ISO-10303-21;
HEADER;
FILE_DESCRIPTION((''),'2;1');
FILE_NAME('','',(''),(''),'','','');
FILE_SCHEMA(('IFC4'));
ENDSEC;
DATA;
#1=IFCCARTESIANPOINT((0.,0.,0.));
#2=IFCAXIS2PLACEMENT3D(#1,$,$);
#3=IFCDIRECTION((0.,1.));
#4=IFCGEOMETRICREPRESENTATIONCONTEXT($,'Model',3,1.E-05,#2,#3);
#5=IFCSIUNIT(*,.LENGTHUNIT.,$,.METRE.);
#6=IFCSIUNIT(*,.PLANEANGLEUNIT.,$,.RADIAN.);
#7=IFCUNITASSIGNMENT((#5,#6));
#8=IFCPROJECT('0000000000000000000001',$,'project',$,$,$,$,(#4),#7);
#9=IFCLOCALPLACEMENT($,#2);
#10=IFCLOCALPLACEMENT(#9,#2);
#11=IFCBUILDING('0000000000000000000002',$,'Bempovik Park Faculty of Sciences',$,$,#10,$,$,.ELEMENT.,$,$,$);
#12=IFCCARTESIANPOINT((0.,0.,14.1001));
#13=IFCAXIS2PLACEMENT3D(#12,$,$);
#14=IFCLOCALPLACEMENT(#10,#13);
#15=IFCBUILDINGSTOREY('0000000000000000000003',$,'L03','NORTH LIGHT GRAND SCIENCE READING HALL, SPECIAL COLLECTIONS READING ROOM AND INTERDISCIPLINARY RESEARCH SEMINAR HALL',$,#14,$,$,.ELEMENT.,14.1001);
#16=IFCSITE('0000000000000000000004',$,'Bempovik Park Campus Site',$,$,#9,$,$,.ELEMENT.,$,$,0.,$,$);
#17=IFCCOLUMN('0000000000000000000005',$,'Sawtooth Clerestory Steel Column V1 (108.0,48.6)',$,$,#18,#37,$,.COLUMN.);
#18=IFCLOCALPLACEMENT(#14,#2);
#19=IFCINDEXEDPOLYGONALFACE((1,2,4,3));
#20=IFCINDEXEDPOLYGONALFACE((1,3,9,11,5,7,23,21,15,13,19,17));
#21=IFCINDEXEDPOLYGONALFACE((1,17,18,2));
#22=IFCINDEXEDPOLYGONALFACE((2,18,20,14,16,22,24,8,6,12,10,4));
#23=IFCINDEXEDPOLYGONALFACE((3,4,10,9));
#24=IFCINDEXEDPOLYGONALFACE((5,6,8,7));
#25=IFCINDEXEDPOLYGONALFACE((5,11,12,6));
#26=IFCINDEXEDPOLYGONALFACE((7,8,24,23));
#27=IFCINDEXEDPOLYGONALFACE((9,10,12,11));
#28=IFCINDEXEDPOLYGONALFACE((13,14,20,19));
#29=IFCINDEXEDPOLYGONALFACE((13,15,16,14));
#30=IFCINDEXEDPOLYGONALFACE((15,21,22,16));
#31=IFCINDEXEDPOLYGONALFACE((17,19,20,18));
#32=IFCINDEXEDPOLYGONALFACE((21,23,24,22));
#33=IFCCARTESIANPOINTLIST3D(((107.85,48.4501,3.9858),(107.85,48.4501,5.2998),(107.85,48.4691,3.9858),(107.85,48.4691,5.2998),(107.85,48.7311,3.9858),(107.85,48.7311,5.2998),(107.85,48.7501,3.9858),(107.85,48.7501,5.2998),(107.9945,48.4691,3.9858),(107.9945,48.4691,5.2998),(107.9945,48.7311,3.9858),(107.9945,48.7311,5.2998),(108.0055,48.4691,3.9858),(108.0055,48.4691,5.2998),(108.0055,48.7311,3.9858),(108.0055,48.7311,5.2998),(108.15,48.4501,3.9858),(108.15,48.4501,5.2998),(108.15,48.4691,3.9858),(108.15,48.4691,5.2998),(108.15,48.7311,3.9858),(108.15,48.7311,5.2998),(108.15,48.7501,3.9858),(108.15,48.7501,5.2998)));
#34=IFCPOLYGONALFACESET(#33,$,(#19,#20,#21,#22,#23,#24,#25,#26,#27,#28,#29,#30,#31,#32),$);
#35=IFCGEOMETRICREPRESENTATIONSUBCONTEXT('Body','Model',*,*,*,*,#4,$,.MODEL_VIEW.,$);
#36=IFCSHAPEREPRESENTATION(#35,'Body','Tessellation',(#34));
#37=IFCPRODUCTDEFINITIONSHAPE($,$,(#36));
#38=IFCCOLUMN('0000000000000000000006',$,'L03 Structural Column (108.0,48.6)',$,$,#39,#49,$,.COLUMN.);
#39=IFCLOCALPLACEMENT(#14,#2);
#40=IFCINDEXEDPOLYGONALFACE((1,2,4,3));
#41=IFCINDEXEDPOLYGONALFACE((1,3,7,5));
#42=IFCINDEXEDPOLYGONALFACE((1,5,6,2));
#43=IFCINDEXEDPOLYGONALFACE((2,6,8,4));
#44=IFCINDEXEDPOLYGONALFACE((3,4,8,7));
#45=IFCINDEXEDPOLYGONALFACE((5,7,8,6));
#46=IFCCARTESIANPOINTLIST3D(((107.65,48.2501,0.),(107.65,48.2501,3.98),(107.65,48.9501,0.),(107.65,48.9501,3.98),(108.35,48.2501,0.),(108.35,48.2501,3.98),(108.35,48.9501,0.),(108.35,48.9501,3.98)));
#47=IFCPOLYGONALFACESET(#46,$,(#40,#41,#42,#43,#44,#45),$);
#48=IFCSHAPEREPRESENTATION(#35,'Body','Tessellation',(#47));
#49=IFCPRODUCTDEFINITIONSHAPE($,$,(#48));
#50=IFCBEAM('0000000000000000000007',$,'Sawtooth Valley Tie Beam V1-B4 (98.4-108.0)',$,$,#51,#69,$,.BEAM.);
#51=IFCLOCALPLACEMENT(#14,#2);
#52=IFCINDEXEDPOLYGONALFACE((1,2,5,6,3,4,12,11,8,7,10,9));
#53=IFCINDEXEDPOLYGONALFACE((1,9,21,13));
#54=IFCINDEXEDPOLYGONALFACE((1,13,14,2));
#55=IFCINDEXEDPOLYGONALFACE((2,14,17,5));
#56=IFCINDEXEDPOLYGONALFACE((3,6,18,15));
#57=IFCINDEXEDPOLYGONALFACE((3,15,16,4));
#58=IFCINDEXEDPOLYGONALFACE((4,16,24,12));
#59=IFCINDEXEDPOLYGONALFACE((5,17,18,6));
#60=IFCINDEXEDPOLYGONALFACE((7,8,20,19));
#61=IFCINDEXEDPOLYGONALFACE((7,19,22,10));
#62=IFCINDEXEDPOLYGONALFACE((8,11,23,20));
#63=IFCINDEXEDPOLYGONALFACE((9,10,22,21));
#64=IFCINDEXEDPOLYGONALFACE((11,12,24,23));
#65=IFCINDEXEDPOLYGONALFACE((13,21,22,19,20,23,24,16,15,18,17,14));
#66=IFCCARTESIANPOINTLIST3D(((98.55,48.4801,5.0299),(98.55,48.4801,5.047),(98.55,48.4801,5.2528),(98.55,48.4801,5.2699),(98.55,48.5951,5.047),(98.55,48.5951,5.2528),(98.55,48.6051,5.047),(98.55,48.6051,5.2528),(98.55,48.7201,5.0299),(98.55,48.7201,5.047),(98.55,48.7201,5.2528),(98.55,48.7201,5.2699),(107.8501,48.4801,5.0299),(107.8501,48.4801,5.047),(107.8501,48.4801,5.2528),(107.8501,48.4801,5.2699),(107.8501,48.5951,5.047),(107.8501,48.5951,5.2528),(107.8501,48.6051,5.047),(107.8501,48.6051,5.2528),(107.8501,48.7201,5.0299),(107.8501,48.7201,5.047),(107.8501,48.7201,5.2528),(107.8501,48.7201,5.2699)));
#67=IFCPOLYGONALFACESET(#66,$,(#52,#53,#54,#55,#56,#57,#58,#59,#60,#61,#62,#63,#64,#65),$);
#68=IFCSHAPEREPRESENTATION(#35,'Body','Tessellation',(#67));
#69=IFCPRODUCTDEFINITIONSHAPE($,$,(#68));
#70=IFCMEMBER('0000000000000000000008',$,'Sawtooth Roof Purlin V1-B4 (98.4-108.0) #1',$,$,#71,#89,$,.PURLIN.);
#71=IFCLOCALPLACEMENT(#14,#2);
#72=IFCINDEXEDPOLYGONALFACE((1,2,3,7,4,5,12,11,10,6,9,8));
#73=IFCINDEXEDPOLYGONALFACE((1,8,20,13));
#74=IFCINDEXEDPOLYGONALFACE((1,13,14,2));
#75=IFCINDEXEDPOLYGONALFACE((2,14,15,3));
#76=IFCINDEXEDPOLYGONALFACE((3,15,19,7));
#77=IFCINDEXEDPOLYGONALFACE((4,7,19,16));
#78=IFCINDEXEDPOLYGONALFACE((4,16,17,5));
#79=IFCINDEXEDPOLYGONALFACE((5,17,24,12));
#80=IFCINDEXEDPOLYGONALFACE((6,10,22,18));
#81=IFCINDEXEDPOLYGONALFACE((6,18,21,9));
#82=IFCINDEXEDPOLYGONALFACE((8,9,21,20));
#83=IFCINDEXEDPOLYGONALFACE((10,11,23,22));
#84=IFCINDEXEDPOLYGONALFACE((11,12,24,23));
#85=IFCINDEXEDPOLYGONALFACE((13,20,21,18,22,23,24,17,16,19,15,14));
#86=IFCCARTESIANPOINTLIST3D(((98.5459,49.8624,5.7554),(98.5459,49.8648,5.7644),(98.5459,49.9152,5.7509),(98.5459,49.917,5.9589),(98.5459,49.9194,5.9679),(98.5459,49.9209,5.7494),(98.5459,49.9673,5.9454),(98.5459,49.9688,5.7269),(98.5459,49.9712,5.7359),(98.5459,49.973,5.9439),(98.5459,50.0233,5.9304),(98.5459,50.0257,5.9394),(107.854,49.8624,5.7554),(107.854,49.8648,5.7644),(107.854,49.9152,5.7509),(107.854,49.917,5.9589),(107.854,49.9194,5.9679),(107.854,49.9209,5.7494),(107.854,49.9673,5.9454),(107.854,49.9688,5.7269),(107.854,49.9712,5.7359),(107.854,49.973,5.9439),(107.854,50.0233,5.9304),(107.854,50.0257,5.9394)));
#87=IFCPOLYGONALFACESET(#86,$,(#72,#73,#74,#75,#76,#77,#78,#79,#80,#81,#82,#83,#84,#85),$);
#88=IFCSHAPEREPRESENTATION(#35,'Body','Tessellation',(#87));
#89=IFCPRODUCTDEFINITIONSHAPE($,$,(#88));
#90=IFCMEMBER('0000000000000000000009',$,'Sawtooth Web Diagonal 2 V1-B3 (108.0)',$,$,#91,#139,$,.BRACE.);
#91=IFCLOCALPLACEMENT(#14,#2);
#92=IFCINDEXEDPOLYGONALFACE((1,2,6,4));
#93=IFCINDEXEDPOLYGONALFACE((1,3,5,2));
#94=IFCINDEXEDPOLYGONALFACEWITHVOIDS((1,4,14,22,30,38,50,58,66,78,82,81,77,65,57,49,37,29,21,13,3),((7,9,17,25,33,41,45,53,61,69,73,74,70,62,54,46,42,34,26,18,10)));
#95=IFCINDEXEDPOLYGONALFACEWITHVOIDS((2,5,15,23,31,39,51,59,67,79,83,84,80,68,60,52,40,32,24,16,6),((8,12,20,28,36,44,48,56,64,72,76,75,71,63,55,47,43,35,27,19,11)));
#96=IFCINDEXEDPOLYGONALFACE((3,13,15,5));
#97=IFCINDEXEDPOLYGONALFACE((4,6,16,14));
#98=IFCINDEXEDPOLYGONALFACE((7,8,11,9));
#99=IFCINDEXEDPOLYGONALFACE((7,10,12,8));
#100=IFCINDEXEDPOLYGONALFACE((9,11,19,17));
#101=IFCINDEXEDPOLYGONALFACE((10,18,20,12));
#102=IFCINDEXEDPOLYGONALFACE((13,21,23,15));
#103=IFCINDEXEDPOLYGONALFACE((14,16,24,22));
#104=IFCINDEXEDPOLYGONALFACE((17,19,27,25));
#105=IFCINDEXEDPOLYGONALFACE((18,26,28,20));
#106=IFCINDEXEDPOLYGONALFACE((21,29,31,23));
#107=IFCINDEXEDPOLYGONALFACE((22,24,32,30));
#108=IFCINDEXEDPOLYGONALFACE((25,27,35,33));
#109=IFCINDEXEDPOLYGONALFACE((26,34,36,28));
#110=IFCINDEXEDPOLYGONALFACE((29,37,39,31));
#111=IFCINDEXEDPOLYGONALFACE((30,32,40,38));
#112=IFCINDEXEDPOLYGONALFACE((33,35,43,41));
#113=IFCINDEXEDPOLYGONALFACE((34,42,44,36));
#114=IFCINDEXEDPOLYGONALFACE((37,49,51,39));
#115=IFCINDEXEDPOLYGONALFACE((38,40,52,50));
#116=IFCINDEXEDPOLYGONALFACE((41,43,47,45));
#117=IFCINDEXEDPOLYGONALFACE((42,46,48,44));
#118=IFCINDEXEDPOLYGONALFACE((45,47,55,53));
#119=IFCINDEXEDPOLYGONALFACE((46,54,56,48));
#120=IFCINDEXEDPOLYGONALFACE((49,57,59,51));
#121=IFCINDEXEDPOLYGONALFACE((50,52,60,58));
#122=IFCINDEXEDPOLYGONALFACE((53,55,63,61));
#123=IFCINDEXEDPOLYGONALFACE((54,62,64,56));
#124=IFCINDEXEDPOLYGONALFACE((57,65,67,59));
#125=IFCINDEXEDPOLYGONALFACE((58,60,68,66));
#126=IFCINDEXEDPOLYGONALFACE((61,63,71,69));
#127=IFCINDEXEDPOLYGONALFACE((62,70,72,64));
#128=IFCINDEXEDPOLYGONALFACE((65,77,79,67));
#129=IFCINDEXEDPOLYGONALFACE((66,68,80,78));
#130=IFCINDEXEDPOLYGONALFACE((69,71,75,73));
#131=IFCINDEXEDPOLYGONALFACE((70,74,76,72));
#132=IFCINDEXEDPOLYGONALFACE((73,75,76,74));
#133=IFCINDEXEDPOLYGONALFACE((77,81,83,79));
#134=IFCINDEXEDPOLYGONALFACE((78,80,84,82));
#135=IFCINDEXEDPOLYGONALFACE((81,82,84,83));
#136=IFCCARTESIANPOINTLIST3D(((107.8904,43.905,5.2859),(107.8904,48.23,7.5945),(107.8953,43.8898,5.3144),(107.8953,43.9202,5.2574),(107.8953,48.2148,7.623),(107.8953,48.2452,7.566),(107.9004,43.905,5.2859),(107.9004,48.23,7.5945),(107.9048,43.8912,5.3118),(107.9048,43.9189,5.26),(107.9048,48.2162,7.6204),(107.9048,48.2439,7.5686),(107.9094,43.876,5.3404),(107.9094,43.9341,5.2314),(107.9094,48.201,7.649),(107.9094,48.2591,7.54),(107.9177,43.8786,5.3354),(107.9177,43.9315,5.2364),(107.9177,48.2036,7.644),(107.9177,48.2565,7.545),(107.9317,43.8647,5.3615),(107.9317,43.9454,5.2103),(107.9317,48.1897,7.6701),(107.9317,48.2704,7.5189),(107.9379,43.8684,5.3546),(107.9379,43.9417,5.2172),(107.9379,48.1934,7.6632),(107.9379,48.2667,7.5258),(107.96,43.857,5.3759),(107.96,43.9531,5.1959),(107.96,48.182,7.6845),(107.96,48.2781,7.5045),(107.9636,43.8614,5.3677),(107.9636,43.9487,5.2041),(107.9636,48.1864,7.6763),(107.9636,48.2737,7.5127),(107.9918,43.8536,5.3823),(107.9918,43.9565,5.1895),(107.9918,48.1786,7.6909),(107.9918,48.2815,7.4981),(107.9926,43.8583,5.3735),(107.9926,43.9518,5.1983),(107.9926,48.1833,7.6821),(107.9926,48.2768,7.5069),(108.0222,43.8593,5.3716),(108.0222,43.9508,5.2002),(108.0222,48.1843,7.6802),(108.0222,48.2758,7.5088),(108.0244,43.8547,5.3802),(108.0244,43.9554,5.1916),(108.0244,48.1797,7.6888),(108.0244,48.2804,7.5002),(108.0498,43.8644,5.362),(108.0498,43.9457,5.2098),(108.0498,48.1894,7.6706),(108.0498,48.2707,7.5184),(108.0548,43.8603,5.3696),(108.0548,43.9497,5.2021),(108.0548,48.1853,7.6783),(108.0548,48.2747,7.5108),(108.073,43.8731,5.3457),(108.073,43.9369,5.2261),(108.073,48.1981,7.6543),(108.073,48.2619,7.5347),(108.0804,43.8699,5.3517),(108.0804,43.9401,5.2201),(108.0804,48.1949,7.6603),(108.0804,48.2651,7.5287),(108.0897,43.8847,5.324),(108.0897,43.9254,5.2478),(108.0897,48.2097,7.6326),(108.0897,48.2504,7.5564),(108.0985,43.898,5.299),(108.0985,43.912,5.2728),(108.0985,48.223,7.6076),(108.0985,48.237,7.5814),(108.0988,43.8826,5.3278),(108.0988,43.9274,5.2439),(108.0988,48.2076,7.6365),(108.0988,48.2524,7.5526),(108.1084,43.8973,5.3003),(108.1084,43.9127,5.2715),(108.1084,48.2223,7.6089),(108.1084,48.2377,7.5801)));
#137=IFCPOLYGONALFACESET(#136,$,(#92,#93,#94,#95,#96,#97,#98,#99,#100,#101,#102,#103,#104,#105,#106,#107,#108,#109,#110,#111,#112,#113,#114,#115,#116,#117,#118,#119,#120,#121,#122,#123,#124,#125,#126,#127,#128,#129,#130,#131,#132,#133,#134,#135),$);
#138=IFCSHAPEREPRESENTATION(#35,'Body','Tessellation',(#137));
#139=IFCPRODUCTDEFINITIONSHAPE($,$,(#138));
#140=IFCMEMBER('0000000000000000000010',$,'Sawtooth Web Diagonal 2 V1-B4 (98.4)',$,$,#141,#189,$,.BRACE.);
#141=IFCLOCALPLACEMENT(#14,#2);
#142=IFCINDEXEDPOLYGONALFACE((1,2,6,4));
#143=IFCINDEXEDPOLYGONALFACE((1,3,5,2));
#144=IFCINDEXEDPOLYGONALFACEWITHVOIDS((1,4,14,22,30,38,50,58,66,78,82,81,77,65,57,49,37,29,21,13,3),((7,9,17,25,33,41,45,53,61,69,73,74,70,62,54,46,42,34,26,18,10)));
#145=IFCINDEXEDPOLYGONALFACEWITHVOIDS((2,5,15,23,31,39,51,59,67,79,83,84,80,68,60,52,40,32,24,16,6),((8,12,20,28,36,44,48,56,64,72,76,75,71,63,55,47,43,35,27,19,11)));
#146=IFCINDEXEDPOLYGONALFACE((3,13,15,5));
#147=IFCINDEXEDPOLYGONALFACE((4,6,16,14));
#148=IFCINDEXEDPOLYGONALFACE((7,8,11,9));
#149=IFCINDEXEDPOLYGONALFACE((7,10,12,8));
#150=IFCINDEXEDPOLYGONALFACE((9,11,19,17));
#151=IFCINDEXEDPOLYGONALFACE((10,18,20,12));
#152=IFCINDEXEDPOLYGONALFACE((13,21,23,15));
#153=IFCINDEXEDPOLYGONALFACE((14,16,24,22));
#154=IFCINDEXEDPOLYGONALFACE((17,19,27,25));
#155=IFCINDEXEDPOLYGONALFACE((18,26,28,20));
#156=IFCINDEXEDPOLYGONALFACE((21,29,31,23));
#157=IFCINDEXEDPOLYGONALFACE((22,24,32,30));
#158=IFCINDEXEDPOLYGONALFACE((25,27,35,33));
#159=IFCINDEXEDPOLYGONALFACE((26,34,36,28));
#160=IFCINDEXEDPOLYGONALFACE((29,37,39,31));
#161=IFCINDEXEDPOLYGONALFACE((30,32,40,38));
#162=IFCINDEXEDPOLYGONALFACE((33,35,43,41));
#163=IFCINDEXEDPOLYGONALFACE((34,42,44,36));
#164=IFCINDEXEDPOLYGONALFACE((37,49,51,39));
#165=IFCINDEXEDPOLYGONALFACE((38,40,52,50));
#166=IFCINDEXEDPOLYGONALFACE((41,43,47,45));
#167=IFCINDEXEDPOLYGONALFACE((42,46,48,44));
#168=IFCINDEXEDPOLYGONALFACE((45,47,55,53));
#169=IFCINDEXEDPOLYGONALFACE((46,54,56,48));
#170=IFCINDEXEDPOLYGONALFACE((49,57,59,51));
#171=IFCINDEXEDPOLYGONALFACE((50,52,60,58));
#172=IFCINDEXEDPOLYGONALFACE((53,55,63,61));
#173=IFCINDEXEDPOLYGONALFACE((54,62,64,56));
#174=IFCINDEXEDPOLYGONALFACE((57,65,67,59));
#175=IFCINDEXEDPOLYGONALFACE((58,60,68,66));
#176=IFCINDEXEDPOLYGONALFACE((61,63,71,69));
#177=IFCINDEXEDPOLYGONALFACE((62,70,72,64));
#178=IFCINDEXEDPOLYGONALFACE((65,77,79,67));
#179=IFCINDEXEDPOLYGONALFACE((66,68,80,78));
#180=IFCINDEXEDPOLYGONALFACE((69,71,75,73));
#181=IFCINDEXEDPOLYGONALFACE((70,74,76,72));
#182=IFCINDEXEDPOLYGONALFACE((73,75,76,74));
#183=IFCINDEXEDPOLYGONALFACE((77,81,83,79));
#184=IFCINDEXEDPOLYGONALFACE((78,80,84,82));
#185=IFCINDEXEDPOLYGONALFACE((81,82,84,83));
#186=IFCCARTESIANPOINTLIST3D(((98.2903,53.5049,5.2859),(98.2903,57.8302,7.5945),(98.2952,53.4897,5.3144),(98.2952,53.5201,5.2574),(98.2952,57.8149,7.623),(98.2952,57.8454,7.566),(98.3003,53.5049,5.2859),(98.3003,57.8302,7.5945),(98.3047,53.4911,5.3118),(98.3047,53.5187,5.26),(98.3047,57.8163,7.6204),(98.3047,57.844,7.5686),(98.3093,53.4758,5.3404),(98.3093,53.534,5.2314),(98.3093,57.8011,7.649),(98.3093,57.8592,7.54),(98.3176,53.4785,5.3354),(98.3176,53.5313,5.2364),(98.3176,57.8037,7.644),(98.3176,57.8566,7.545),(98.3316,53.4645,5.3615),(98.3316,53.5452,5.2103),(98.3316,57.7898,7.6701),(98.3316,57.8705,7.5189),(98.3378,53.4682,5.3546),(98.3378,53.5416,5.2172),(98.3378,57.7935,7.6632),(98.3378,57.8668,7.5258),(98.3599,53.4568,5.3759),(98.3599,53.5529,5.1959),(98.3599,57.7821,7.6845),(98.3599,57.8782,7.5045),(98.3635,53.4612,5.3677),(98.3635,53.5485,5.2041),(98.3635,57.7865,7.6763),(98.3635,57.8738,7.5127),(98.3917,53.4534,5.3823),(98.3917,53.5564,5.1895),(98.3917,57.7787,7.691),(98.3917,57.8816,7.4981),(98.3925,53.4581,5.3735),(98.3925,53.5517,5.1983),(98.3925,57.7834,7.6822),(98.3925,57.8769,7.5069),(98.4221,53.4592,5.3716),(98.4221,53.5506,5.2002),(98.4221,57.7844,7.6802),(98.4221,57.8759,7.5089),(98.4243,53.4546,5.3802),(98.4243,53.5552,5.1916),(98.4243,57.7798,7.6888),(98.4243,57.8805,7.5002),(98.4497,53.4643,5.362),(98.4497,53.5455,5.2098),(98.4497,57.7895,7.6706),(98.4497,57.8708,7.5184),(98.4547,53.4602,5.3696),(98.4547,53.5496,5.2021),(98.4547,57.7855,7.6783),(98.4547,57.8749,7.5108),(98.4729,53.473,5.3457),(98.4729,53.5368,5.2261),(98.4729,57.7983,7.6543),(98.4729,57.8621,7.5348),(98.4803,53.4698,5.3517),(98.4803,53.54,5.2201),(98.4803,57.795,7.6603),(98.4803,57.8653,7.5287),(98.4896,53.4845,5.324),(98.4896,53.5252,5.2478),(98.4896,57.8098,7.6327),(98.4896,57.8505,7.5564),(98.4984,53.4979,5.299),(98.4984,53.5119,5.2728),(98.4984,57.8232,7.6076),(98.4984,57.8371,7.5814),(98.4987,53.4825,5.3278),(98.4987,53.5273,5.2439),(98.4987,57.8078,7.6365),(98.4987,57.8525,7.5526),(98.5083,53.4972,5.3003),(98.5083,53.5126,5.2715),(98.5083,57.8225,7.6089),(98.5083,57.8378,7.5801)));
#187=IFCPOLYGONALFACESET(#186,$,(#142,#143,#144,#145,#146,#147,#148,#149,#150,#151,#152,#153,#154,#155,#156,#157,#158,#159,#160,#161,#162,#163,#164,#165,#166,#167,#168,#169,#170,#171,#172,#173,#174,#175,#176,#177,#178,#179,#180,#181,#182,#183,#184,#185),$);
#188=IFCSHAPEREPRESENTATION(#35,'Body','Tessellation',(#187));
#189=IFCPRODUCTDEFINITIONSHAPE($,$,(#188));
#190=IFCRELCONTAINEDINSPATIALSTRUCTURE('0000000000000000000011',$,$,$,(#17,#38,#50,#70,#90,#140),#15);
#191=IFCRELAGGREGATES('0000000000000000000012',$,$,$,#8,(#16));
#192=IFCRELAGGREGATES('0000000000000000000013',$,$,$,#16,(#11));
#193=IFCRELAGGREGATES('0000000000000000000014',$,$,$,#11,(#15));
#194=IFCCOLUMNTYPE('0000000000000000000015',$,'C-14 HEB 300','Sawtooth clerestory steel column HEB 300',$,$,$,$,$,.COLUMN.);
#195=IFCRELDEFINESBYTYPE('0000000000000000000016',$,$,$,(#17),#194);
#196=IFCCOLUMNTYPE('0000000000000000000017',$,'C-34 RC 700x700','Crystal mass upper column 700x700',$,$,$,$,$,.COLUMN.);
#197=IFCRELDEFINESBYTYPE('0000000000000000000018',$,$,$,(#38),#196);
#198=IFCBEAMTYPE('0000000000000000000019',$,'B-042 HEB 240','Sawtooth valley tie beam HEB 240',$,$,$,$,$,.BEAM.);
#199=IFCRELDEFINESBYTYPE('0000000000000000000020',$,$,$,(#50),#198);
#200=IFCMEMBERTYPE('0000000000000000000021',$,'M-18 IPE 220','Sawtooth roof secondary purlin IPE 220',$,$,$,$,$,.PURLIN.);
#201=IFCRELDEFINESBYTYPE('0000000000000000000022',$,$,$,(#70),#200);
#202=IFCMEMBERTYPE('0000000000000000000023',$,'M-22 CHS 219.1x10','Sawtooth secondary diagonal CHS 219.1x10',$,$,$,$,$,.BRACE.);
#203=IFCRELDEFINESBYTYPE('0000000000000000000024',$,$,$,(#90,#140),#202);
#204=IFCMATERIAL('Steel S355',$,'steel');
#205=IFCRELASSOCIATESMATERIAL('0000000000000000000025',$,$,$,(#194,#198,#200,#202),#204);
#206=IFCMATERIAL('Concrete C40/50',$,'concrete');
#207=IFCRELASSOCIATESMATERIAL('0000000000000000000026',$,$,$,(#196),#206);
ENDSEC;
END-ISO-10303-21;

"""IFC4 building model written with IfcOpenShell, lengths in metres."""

from ifc_helpers import new_model, si_unit, direction, frame, origin, origin_2d, place, context, subcontext, project, spatial, rectangle, hollow_circle, i_section, extrude, material, material_profile, profile_set, type_object, element, save


model = new_model("IFC4")

# Units and contexts
model_context = context("Model", 3, precision=1e-05, world=origin(), true_north=direction((0.0, 1.0)))
body_context = subcontext(model_context, "Body", "Model", "MODEL_VIEW")
ifc_project = project(units=[si_unit("LENGTHUNIT", "METRE"), si_unit("PLANEANGLEUNIT", "RADIAN")], contexts=[model_context])

# Site, building, storey
site_placement = place(None, origin())
site = spatial("IfcSite", under=ifc_project, at=site_placement, Name="Bempovik Park Campus Site", CompositionType="ELEMENT", RefElevation=0.0)
building_placement = place(site_placement, origin())
building = spatial("IfcBuilding", under=site, at=building_placement, Name="Bempovik Park Faculty of Sciences", CompositionType="ELEMENT")
storey_placement = place(building_placement, frame((0.0, 0.0, 14.1001)))
storey = spatial("IfcBuildingStorey", under=building, at=storey_placement, Name="L03", Description="NORTH LIGHT GRAND SCIENCE READING HALL, SPECIAL COLLECTIONS READING ROOM AND INTERDISCIPLINARY RESEARCH SEMINAR HALL", CompositionType="ELEMENT", Elevation=14.1001)

# Columns
ifc_material_1 = material(Name="Steel S355", Category="steel")
ifc_material_profile_1 = material_profile(ifc_material_1, i_section(OverallWidth=0.3, OverallDepth=0.3, WebThickness=0.011, FlangeThickness=0.019, at=origin_2d()), Name="HEB 300")
ifc_profile_set_1 = profile_set([ifc_material_profile_1], Name="Steel S355")
column_type_1 = type_object("IfcColumnType", Name="C-14 HEB 300", Description="Sawtooth clerestory steel column HEB 300", PredefinedType="COLUMN", material=ifc_profile_set_1)
column_1_placement = place(storey_placement, frame((108.0, 48.6001, 3.9858), z_axis=(0.0, 0.0, 1.0), x_axis=(1.0, 0.0, 0.0)))
element("IfcColumn", 1, at=column_1_placement, inside=storey, type_object=column_type_1, Name="Sawtooth Clerestory Steel Column V1 (108.0,48.6)", PredefinedType="COLUMN", context=body_context, shape_type="SweptSolid", body=[
    extrude(i_section(OverallWidth=0.3, OverallDepth=0.3, WebThickness=0.011, FlangeThickness=0.019, at=origin_2d()), origin(), (0.0, 0.0, 1.0), 1.314),
])
ifc_material_2 = material(Name="Concrete C40/50", Category="concrete")
ifc_material_profile_2 = material_profile(ifc_material_2, rectangle(XDim=0.7, YDim=0.7, at=origin_2d()), Name="RC 700x700")
ifc_profile_set_2 = profile_set([ifc_material_profile_2], Name="Concrete C40/50")
column_type_2 = type_object("IfcColumnType", Name="C-34 RC 700x700", Description="Crystal mass upper column 700x700", PredefinedType="COLUMN", material=ifc_profile_set_2)
column_2_placement = place(storey_placement, frame((108.0, 48.6001, 0.0), z_axis=(0.0, 0.0, 1.0), x_axis=(1.0, 0.0, 0.0)))
element("IfcColumn", 2, at=column_2_placement, inside=storey, type_object=column_type_2, Name="L03 Structural Column (108.0,48.6)", PredefinedType="COLUMN", context=body_context, shape_type="SweptSolid", body=[
    extrude(rectangle(XDim=0.7, YDim=0.7, at=origin_2d()), origin(), (0.0, 0.0, 1.0), 3.98),
])

# Beam
ifc_material_profile_3 = material_profile(ifc_material_1, i_section(OverallWidth=0.24, OverallDepth=0.24, WebThickness=0.01, FlangeThickness=0.0171, at=origin_2d()), Name="HEB 240")
ifc_profile_set_3 = profile_set([ifc_material_profile_3], Name="Steel S355")
beam_type = type_object("IfcBeamType", Name="B-042 HEB 240", Description="Sawtooth valley tie beam HEB 240", PredefinedType="BEAM", material=ifc_profile_set_3)
beam_placement = place(storey_placement, frame((98.55, 48.6001, 5.1499), z_axis=(1.0, 0.0, 0.0), x_axis=(0.0, 1.0, 0.0)))
element("IfcBeam", 3, at=beam_placement, inside=storey, type_object=beam_type, Name="Sawtooth Valley Tie Beam V1-B4 (98.4-108.0)", PredefinedType="BEAM", context=body_context, shape_type="SweptSolid", body=[
    extrude(i_section(OverallWidth=0.24, OverallDepth=0.24, WebThickness=0.01, FlangeThickness=0.0171, at=origin_2d()), origin(), (0.0, 0.0, 1.0), 9.3),
])

# Members
ifc_material_profile_4 = material_profile(ifc_material_1, i_section(OverallWidth=0.1101, OverallDepth=0.22, WebThickness=0.0059, FlangeThickness=0.0093, at=origin_2d()), Name="IPE 220")
ifc_profile_set_4 = profile_set([ifc_material_profile_4], Name="Steel S355")
member_type_1 = type_object("IfcMemberType", Name="M-18 IPE 220", Description="Sawtooth roof secondary purlin IPE 220", PredefinedType="PURLIN", material=ifc_profile_set_4)
member_1_placement = place(storey_placement, frame((98.5459, 49.9441, 5.8474), z_axis=(1.0, 0.0, 0.0), x_axis=(0.0, 0.965926, -0.258819)))
element("IfcMember", 4, at=member_1_placement, inside=storey, type_object=member_type_1, Name="Sawtooth Roof Purlin V1-B4 (98.4-108.0) #1", PredefinedType="PURLIN", context=body_context, shape_type="SweptSolid", body=[
    extrude(i_section(OverallWidth=0.1101, OverallDepth=0.22, WebThickness=0.0059, FlangeThickness=0.0093, at=origin_2d()), origin(), (0.0, 0.0, 1.0), 9.3081),
])
ifc_material_profile_5 = material_profile(ifc_material_1, hollow_circle(Radius=0.1096, WallThickness=0.01, at=origin_2d()), Name="CHS 219.1x10")
ifc_profile_set_5 = profile_set([ifc_material_profile_5], Name="Steel S355")
member_type_2 = type_object("IfcMemberType", Name="M-22 CHS 219.1x10", Description="Sawtooth secondary diagonal CHS 219.1x10", PredefinedType="BRACE", material=ifc_profile_set_5)
member_2_placement = place(storey_placement, frame((108.0, 43.905, 5.2859), z_axis=(0.0, 0.882187, 0.470898), x_axis=(-1.0, 0.0, 0.0)))
element("IfcMember", 5, at=member_2_placement, inside=storey, type_object=member_type_2, Name="Sawtooth Web Diagonal 2 V1-B3 (108.0)", PredefinedType="BRACE", context=body_context, shape_type="SweptSolid", body=[
    extrude(hollow_circle(Radius=0.1096, WallThickness=0.01, at=origin_2d()), origin(), (0.0, 0.0, 1.0), 4.9026),
])
for number, where, z_axis, x_axis, name in (
    (6, (98.3999, 53.5049, 5.2859), (0.0, 0.882199, 0.470878), (-1.0, 0.0, 0.0), "Sawtooth Web Diagonal 2 V1-B4 (98.4)"),
):
    element("IfcMember", number, at=place(storey_placement, frame(where, z_axis=z_axis, x_axis=x_axis)), inside=storey, type_object=member_type_2, Name=name, PredefinedType="BRACE", context=body_context, shape_type="SweptSolid", body=[
        extrude(hollow_circle(Radius=0.1096, WallThickness=0.01, at=origin_2d()), origin(), (0.0, 0.0, 1.0), 4.9028),
    ])

save(model, "model.ifc")
